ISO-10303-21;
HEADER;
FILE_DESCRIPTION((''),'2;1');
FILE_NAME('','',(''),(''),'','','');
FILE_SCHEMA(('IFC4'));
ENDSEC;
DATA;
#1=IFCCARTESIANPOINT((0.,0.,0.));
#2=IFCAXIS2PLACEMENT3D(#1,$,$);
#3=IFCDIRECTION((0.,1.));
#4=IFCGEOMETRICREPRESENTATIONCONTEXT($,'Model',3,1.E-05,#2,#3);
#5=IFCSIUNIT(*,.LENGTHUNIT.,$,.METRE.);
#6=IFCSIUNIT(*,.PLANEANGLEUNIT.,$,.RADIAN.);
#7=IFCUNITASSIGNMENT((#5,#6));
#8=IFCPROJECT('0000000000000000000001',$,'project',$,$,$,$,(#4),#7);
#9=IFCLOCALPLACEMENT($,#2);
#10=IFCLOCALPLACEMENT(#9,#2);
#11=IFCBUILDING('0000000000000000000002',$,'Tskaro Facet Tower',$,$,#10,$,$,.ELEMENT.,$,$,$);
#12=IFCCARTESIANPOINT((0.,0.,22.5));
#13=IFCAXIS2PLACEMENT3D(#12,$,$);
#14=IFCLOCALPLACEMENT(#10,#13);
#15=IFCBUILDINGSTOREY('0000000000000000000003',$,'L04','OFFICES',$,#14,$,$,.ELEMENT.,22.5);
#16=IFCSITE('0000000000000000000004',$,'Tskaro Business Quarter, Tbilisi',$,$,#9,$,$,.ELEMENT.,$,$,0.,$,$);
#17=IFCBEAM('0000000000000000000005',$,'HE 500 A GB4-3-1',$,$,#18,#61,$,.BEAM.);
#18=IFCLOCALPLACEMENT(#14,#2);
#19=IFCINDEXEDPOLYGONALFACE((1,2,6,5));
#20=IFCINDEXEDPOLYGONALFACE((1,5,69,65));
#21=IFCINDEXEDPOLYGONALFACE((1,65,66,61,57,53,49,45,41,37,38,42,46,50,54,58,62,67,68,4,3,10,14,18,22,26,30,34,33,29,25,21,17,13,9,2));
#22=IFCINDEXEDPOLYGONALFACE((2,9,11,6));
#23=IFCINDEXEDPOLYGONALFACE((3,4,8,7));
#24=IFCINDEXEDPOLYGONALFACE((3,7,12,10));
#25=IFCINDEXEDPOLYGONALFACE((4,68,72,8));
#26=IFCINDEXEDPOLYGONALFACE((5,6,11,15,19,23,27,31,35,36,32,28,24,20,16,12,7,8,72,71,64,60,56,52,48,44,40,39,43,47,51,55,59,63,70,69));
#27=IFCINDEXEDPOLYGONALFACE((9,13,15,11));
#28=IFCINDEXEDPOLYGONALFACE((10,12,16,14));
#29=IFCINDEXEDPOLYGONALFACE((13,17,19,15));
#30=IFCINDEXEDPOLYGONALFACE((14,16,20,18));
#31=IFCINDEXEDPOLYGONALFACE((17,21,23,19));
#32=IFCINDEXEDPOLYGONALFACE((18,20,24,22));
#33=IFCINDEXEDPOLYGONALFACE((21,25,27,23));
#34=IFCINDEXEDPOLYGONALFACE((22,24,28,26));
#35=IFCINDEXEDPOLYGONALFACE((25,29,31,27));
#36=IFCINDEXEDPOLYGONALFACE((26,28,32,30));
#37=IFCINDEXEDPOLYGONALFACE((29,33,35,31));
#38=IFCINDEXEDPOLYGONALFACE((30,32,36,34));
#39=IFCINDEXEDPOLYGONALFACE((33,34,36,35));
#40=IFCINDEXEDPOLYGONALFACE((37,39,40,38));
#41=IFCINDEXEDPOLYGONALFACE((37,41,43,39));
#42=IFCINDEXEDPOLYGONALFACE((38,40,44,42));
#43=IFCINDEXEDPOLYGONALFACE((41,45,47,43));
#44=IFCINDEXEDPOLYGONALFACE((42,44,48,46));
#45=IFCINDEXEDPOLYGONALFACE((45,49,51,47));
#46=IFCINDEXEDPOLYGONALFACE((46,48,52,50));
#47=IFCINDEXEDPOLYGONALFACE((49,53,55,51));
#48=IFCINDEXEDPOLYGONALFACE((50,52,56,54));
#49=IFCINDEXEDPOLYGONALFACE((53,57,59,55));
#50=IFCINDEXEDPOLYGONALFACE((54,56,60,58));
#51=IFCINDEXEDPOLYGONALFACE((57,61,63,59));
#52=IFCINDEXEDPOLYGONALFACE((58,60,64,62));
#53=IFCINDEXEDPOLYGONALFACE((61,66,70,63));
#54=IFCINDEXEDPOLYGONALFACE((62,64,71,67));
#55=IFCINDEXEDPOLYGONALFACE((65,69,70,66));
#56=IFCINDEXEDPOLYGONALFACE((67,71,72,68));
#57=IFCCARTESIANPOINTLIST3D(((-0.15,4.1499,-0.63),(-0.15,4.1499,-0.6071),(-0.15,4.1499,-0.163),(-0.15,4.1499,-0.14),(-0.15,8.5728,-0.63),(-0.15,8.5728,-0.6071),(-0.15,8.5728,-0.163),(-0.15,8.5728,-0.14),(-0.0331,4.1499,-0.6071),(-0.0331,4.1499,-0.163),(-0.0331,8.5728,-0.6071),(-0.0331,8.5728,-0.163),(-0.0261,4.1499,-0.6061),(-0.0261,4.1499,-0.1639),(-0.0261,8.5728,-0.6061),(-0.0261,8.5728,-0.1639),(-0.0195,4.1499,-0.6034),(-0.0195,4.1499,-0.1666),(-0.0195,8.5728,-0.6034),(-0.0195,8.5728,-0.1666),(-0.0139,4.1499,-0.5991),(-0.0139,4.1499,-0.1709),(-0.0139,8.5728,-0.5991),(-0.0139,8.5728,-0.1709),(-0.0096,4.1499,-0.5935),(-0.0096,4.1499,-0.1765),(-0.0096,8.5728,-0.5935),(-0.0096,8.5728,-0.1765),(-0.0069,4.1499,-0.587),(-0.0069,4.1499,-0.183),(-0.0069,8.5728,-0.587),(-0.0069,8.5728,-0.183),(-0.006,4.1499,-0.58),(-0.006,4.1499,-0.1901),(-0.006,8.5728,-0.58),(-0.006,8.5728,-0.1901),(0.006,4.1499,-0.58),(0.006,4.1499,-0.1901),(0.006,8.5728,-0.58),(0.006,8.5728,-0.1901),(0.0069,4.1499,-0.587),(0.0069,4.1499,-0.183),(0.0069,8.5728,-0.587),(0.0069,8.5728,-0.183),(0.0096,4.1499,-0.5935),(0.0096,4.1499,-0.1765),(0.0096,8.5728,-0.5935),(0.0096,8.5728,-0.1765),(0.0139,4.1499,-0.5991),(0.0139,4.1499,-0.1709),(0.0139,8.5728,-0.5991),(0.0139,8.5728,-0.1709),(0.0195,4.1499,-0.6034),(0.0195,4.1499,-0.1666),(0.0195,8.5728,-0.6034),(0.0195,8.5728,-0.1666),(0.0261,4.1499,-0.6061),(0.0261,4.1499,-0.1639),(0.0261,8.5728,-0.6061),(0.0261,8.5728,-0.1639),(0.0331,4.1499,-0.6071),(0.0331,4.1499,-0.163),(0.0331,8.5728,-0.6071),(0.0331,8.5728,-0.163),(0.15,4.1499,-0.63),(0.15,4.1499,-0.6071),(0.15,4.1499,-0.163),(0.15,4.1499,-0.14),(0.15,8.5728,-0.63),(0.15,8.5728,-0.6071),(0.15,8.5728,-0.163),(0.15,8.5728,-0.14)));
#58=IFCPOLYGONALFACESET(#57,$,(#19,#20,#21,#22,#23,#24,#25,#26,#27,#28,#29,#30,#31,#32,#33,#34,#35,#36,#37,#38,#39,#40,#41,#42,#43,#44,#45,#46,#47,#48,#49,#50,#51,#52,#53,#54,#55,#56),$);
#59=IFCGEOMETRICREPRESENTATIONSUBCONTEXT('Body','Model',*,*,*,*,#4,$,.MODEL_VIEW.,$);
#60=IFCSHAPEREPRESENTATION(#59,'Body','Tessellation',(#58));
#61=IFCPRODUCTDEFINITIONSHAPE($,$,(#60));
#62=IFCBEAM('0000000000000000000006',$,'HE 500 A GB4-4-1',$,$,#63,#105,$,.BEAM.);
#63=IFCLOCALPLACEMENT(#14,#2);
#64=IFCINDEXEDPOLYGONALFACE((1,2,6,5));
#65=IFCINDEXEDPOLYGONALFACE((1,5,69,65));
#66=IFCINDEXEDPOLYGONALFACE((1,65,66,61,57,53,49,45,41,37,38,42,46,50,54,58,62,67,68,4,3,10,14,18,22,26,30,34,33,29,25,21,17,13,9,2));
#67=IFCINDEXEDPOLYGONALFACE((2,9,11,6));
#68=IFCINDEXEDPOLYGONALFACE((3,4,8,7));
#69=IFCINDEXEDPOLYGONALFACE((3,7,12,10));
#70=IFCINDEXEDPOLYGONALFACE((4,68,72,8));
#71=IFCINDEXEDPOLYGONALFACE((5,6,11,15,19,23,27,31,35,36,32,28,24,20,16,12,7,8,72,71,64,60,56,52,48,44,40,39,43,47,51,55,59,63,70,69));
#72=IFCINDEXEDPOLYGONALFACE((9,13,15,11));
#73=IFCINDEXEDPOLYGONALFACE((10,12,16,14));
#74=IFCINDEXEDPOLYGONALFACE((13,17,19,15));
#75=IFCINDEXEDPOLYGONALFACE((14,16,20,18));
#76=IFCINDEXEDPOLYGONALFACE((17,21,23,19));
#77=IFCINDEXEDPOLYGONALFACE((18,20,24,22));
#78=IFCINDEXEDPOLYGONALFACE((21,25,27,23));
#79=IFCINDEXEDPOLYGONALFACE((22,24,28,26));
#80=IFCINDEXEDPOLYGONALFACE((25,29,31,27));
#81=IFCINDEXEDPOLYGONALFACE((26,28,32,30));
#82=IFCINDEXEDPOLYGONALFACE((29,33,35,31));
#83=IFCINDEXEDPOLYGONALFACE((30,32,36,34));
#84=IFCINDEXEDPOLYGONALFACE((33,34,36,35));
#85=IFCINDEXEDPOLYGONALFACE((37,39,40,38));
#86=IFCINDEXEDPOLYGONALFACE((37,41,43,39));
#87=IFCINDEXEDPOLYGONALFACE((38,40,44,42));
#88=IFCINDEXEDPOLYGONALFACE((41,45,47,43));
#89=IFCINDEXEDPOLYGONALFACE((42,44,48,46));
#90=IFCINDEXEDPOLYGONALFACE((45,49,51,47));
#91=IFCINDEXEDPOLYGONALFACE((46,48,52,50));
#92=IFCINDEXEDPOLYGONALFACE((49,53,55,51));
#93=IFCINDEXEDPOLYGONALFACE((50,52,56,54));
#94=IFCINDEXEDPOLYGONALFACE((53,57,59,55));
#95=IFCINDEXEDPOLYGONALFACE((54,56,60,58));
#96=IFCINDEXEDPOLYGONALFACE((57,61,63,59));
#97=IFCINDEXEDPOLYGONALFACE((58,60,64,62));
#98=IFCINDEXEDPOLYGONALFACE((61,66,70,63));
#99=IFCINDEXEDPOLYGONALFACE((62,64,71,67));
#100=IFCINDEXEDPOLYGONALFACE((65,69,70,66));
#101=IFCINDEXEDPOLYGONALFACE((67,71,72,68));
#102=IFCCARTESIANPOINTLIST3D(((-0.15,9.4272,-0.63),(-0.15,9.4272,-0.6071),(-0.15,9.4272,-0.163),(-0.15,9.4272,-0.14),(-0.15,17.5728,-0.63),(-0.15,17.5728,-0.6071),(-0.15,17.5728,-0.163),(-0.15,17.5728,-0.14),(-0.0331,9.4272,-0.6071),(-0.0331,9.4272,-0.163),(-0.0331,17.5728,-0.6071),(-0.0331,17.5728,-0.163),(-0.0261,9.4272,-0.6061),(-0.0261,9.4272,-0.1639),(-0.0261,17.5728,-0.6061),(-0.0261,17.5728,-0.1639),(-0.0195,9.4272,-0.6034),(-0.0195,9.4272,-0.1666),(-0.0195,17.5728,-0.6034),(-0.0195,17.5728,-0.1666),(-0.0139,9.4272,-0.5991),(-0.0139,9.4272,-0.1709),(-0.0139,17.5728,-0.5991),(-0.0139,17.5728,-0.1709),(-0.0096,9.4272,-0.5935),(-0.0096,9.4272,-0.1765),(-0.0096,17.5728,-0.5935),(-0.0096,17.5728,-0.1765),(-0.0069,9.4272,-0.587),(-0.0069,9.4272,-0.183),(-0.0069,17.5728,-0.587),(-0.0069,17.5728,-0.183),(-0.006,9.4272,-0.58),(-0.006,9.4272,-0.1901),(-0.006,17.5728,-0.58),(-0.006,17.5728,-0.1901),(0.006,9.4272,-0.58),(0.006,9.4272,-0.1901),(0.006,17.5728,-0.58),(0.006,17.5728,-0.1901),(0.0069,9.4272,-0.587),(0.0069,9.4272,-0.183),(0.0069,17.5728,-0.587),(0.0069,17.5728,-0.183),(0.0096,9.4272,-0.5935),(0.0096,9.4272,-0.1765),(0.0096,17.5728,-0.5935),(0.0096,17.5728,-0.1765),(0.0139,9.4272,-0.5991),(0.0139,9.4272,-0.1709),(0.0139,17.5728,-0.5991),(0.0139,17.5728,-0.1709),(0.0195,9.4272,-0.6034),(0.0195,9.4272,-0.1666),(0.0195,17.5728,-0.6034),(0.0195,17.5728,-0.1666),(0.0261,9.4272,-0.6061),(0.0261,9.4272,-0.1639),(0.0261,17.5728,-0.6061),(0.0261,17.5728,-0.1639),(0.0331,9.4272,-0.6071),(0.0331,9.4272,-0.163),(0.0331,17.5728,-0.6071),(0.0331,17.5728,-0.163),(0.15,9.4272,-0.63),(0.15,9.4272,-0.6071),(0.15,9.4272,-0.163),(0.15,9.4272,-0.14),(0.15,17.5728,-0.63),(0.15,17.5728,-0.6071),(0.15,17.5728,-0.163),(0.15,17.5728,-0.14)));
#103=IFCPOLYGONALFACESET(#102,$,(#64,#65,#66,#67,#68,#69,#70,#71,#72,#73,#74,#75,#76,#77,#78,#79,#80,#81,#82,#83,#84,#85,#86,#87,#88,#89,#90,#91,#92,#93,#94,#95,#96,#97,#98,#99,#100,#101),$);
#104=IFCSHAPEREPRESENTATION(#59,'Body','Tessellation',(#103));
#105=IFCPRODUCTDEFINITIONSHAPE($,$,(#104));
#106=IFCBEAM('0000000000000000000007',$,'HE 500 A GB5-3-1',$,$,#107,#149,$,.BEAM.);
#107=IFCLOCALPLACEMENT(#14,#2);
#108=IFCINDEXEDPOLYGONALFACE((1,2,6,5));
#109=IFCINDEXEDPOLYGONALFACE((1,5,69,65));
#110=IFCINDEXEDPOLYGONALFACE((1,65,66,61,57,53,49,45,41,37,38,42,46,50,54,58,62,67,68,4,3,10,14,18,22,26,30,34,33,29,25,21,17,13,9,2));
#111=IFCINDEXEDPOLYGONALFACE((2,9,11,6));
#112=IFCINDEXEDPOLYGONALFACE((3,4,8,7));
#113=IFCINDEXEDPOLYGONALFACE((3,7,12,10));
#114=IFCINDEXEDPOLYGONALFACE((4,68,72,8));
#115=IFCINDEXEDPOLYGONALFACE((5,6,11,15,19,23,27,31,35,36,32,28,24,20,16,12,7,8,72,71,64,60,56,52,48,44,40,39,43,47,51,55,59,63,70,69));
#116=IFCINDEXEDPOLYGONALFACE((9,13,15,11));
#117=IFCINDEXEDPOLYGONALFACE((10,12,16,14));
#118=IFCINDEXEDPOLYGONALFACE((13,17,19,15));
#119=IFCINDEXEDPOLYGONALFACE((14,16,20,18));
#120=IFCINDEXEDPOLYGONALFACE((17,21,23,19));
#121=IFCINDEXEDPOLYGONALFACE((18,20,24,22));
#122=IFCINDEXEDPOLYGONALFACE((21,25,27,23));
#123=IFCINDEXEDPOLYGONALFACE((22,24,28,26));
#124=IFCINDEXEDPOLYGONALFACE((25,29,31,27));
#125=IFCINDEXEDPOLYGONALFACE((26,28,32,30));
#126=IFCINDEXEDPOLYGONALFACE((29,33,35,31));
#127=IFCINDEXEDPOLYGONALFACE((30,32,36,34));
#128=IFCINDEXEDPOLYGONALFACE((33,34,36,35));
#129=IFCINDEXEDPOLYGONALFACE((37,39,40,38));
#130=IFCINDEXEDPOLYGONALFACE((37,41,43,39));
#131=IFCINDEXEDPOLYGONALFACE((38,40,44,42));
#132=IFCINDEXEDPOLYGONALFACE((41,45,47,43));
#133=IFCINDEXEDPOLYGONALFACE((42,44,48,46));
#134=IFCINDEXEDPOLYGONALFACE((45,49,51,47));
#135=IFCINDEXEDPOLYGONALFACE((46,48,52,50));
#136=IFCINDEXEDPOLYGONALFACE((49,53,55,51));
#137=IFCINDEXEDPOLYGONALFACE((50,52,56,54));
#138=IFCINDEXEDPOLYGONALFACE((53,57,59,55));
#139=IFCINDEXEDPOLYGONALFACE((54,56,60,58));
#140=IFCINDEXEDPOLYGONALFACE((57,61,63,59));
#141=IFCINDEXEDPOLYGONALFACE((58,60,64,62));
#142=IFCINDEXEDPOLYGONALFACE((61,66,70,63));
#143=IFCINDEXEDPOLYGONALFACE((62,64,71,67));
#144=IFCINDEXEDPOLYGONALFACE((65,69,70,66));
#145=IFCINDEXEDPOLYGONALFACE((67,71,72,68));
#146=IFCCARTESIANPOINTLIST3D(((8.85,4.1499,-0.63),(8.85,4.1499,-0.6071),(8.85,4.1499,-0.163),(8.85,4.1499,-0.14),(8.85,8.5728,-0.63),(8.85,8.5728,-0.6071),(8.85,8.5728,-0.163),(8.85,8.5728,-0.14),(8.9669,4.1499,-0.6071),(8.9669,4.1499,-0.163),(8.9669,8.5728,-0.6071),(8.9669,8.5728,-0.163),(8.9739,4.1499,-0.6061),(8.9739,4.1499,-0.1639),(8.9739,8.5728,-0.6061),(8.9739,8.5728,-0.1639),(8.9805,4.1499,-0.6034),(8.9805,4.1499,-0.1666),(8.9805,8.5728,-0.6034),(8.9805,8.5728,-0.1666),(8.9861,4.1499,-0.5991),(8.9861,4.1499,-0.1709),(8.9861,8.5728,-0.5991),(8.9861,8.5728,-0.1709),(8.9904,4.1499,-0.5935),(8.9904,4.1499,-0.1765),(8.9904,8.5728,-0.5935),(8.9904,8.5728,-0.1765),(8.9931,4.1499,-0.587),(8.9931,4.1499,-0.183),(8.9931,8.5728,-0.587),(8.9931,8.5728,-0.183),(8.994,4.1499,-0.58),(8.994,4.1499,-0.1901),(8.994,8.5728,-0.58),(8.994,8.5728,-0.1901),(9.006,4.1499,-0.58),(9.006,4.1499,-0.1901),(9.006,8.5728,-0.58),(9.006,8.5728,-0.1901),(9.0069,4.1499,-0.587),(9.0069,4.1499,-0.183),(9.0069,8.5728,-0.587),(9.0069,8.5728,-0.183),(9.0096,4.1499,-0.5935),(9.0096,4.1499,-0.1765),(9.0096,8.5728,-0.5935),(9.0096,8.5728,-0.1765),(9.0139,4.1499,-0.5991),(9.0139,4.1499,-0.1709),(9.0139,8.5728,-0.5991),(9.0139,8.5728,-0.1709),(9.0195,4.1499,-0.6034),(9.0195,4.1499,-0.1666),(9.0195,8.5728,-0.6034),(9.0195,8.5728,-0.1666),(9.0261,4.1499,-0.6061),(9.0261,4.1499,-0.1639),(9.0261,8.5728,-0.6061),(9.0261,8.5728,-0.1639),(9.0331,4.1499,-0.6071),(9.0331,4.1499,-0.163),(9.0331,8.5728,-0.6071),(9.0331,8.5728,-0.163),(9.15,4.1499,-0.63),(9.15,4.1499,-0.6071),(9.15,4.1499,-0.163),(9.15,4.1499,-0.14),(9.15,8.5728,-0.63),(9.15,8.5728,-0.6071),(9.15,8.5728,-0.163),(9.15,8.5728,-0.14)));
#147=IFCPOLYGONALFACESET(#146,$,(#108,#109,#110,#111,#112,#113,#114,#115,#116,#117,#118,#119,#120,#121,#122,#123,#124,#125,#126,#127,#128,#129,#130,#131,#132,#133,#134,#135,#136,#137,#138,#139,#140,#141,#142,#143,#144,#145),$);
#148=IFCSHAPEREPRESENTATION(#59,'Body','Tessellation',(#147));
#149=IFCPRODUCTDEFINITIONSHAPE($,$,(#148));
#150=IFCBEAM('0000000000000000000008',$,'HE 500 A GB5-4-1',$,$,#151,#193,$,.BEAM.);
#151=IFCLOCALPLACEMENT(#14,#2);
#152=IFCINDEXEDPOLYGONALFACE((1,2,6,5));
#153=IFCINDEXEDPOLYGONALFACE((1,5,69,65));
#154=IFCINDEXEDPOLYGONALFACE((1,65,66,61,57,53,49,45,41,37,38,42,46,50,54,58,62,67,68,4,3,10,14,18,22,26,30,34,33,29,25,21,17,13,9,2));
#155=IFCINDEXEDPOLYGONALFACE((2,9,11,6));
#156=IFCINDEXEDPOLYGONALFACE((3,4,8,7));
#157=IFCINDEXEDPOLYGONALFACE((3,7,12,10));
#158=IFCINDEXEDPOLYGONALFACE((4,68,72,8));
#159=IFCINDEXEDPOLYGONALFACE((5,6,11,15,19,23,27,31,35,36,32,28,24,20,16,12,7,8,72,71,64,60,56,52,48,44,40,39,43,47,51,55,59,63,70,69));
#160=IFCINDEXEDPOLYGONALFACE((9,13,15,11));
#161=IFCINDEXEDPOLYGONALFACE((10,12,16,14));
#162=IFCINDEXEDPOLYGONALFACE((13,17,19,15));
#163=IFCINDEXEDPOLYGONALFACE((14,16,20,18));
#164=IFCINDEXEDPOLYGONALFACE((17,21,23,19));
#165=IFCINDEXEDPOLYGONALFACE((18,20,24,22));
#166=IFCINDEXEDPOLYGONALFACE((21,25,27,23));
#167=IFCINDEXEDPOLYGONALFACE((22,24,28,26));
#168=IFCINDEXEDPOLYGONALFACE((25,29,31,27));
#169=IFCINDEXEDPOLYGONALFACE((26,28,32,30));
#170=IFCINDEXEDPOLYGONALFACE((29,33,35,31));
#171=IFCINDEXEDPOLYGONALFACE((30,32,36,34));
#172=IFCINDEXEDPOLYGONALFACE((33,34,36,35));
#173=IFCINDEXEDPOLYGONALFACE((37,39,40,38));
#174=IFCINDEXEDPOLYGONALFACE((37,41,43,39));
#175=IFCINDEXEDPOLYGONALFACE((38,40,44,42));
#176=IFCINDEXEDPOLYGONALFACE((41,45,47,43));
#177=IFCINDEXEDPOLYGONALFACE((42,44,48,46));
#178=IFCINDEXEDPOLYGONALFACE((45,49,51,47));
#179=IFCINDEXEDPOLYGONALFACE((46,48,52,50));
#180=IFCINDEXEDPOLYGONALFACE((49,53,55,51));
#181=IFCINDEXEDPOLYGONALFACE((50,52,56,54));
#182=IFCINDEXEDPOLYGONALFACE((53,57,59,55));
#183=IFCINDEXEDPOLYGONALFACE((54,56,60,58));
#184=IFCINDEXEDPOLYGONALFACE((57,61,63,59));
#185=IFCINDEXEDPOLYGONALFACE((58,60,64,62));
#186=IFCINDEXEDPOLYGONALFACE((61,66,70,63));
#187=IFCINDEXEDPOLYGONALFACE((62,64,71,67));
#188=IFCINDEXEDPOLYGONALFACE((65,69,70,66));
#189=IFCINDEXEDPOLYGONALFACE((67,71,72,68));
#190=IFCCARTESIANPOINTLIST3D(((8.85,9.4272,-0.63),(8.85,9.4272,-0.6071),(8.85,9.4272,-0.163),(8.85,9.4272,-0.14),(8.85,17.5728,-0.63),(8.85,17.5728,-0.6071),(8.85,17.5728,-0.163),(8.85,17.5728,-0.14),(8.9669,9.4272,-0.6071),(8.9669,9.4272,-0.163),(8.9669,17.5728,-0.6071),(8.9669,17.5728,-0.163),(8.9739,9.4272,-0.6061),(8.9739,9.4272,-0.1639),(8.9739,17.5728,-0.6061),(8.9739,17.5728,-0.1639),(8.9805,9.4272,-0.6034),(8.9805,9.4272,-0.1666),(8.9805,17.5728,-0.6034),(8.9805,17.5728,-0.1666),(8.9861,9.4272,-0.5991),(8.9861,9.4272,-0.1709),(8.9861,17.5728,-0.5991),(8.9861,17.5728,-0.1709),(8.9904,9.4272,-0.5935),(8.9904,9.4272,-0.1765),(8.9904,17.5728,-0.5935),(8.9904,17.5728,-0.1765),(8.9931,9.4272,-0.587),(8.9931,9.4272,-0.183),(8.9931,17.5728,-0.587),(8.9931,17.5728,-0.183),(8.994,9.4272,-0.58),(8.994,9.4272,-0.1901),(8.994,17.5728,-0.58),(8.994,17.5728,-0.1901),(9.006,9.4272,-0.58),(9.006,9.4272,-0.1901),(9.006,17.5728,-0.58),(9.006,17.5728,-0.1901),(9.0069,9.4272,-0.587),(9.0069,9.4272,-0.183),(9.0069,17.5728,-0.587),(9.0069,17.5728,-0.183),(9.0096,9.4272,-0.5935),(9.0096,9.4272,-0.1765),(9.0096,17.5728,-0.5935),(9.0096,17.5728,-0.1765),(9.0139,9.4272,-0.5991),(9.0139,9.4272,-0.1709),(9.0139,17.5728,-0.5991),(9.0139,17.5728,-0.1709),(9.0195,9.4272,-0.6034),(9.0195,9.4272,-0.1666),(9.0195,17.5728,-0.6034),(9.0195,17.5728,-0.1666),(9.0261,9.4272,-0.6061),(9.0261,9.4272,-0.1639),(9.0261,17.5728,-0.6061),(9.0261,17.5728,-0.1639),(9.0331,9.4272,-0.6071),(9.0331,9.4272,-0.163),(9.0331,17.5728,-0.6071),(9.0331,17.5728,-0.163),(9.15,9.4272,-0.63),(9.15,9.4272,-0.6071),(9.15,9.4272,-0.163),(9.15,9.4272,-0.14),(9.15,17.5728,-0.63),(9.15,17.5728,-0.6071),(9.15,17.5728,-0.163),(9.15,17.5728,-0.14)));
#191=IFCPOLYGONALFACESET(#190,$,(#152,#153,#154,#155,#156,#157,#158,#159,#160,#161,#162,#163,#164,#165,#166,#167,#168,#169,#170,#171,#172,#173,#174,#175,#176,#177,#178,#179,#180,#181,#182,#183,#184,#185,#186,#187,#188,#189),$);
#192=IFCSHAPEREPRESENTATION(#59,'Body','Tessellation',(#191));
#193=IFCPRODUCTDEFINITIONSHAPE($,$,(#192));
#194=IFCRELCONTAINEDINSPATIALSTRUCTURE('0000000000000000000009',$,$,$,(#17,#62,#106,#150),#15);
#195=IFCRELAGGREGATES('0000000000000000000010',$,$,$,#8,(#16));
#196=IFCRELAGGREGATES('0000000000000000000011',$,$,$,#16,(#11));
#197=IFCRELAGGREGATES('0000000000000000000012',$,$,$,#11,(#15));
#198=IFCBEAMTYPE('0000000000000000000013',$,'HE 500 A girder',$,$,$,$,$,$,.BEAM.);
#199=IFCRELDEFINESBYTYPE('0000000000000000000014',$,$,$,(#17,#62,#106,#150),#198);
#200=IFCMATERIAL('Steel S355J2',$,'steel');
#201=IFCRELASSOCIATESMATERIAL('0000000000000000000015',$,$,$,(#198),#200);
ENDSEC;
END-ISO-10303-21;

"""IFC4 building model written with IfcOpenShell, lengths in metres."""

from ifc_helpers import new_model, si_unit, direction, frame, origin, origin_2d, place, context, subcontext, project, spatial, i_section, extrude, material, material_profile, profile_set, type_object, element, save


model = new_model("IFC4")

# Units and contexts
model_context = context("Model", 3, precision=1e-05, world=origin(), true_north=direction((0.0, 1.0)))
body_context = subcontext(model_context, "Body", "Model", "MODEL_VIEW")
ifc_project = project(units=[si_unit("LENGTHUNIT", "METRE"), si_unit("PLANEANGLEUNIT", "RADIAN")], contexts=[model_context])

# Site, building, storey
site_placement = place(None, origin())
site = spatial("IfcSite", under=ifc_project, at=site_placement, Name="Tskaro Business Quarter, Tbilisi", CompositionType="ELEMENT", RefElevation=0.0)
building_placement = place(site_placement, origin())
building = spatial("IfcBuilding", under=site, at=building_placement, Name="Tskaro Facet Tower", CompositionType="ELEMENT")
storey_placement = place(building_placement, frame((0.0, 0.0, 22.5)))
storey = spatial("IfcBuildingStorey", under=building, at=storey_placement, Name="L04", Description="OFFICES", CompositionType="ELEMENT", Elevation=22.5)

# Beams
ifc_material_1 = material(Name="Steel S355J2", Category="steel")
ifc_material_profile_1 = material_profile(ifc_material_1, i_section(OverallWidth=0.3, OverallDepth=0.49, WebThickness=0.012, FlangeThickness=0.0229, FilletRadius=0.0271, at=origin_2d()), Name="HE 500 A")
ifc_profile_set_1 = profile_set([ifc_material_profile_1], Name="Steel S355J2")
beam_type_1 = type_object("IfcBeamType", Name="HE 500 A girder", PredefinedType="BEAM", material=ifc_profile_set_1)
beam_1_placement = place(storey_placement, frame((0.0, 4.1499, -0.385), z_axis=(0.0, 1.0, 0.0), x_axis=(-1.0, 0.0, 0.0)))
element("IfcBeam", 1, at=beam_1_placement, inside=storey, type_object=beam_type_1, Name="HE 500 A GB4-3-1", PredefinedType="BEAM", context=body_context, shape_type="SweptSolid", body=[
    extrude(i_section(OverallWidth=0.3, OverallDepth=0.49, WebThickness=0.012, FlangeThickness=0.0229, FilletRadius=0.0271, at=origin_2d()), origin(), (0.0, 0.0, 1.0), 4.4229),
])
beam_2_placement = place(storey_placement, frame((0.0, 9.4272, -0.385), z_axis=(0.0, 1.0, 0.0), x_axis=(-1.0, 0.0, 0.0)))
element("IfcBeam", 2, at=beam_2_placement, inside=storey, type_object=beam_type_1, Name="HE 500 A GB4-4-1", PredefinedType="BEAM", context=body_context, shape_type="SweptSolid", body=[
    extrude(i_section(OverallWidth=0.3, OverallDepth=0.49, WebThickness=0.012, FlangeThickness=0.0229, FilletRadius=0.0271, at=origin_2d()), origin(), (0.0, 0.0, 1.0), 8.1455),
])
beam_3_placement = place(storey_placement, frame((9.0, 4.1499, -0.385), z_axis=(0.0, 1.0, 0.0), x_axis=(-1.0, 0.0, 0.0)))
element("IfcBeam", 3, at=beam_3_placement, inside=storey, type_object=beam_type_1, Name="HE 500 A GB5-3-1", PredefinedType="BEAM", context=body_context, shape_type="SweptSolid", body=[
    extrude(i_section(OverallWidth=0.3, OverallDepth=0.49, WebThickness=0.012, FlangeThickness=0.0229, FilletRadius=0.0271, at=origin_2d()), origin(), (0.0, 0.0, 1.0), 4.4229),
])
beam_4_placement = place(storey_placement, frame((9.0, 9.4272, -0.385), z_axis=(0.0, 1.0, 0.0), x_axis=(-1.0, 0.0, 0.0)))
element("IfcBeam", 4, at=beam_4_placement, inside=storey, type_object=beam_type_1, Name="HE 500 A GB5-4-1", PredefinedType="BEAM", context=body_context, shape_type="SweptSolid", body=[
    extrude(i_section(OverallWidth=0.3, OverallDepth=0.49, WebThickness=0.012, FlangeThickness=0.0229, FilletRadius=0.0271, at=origin_2d()), origin(), (0.0, 0.0, 1.0), 8.1455),
])

save(model, "model.ifc")
